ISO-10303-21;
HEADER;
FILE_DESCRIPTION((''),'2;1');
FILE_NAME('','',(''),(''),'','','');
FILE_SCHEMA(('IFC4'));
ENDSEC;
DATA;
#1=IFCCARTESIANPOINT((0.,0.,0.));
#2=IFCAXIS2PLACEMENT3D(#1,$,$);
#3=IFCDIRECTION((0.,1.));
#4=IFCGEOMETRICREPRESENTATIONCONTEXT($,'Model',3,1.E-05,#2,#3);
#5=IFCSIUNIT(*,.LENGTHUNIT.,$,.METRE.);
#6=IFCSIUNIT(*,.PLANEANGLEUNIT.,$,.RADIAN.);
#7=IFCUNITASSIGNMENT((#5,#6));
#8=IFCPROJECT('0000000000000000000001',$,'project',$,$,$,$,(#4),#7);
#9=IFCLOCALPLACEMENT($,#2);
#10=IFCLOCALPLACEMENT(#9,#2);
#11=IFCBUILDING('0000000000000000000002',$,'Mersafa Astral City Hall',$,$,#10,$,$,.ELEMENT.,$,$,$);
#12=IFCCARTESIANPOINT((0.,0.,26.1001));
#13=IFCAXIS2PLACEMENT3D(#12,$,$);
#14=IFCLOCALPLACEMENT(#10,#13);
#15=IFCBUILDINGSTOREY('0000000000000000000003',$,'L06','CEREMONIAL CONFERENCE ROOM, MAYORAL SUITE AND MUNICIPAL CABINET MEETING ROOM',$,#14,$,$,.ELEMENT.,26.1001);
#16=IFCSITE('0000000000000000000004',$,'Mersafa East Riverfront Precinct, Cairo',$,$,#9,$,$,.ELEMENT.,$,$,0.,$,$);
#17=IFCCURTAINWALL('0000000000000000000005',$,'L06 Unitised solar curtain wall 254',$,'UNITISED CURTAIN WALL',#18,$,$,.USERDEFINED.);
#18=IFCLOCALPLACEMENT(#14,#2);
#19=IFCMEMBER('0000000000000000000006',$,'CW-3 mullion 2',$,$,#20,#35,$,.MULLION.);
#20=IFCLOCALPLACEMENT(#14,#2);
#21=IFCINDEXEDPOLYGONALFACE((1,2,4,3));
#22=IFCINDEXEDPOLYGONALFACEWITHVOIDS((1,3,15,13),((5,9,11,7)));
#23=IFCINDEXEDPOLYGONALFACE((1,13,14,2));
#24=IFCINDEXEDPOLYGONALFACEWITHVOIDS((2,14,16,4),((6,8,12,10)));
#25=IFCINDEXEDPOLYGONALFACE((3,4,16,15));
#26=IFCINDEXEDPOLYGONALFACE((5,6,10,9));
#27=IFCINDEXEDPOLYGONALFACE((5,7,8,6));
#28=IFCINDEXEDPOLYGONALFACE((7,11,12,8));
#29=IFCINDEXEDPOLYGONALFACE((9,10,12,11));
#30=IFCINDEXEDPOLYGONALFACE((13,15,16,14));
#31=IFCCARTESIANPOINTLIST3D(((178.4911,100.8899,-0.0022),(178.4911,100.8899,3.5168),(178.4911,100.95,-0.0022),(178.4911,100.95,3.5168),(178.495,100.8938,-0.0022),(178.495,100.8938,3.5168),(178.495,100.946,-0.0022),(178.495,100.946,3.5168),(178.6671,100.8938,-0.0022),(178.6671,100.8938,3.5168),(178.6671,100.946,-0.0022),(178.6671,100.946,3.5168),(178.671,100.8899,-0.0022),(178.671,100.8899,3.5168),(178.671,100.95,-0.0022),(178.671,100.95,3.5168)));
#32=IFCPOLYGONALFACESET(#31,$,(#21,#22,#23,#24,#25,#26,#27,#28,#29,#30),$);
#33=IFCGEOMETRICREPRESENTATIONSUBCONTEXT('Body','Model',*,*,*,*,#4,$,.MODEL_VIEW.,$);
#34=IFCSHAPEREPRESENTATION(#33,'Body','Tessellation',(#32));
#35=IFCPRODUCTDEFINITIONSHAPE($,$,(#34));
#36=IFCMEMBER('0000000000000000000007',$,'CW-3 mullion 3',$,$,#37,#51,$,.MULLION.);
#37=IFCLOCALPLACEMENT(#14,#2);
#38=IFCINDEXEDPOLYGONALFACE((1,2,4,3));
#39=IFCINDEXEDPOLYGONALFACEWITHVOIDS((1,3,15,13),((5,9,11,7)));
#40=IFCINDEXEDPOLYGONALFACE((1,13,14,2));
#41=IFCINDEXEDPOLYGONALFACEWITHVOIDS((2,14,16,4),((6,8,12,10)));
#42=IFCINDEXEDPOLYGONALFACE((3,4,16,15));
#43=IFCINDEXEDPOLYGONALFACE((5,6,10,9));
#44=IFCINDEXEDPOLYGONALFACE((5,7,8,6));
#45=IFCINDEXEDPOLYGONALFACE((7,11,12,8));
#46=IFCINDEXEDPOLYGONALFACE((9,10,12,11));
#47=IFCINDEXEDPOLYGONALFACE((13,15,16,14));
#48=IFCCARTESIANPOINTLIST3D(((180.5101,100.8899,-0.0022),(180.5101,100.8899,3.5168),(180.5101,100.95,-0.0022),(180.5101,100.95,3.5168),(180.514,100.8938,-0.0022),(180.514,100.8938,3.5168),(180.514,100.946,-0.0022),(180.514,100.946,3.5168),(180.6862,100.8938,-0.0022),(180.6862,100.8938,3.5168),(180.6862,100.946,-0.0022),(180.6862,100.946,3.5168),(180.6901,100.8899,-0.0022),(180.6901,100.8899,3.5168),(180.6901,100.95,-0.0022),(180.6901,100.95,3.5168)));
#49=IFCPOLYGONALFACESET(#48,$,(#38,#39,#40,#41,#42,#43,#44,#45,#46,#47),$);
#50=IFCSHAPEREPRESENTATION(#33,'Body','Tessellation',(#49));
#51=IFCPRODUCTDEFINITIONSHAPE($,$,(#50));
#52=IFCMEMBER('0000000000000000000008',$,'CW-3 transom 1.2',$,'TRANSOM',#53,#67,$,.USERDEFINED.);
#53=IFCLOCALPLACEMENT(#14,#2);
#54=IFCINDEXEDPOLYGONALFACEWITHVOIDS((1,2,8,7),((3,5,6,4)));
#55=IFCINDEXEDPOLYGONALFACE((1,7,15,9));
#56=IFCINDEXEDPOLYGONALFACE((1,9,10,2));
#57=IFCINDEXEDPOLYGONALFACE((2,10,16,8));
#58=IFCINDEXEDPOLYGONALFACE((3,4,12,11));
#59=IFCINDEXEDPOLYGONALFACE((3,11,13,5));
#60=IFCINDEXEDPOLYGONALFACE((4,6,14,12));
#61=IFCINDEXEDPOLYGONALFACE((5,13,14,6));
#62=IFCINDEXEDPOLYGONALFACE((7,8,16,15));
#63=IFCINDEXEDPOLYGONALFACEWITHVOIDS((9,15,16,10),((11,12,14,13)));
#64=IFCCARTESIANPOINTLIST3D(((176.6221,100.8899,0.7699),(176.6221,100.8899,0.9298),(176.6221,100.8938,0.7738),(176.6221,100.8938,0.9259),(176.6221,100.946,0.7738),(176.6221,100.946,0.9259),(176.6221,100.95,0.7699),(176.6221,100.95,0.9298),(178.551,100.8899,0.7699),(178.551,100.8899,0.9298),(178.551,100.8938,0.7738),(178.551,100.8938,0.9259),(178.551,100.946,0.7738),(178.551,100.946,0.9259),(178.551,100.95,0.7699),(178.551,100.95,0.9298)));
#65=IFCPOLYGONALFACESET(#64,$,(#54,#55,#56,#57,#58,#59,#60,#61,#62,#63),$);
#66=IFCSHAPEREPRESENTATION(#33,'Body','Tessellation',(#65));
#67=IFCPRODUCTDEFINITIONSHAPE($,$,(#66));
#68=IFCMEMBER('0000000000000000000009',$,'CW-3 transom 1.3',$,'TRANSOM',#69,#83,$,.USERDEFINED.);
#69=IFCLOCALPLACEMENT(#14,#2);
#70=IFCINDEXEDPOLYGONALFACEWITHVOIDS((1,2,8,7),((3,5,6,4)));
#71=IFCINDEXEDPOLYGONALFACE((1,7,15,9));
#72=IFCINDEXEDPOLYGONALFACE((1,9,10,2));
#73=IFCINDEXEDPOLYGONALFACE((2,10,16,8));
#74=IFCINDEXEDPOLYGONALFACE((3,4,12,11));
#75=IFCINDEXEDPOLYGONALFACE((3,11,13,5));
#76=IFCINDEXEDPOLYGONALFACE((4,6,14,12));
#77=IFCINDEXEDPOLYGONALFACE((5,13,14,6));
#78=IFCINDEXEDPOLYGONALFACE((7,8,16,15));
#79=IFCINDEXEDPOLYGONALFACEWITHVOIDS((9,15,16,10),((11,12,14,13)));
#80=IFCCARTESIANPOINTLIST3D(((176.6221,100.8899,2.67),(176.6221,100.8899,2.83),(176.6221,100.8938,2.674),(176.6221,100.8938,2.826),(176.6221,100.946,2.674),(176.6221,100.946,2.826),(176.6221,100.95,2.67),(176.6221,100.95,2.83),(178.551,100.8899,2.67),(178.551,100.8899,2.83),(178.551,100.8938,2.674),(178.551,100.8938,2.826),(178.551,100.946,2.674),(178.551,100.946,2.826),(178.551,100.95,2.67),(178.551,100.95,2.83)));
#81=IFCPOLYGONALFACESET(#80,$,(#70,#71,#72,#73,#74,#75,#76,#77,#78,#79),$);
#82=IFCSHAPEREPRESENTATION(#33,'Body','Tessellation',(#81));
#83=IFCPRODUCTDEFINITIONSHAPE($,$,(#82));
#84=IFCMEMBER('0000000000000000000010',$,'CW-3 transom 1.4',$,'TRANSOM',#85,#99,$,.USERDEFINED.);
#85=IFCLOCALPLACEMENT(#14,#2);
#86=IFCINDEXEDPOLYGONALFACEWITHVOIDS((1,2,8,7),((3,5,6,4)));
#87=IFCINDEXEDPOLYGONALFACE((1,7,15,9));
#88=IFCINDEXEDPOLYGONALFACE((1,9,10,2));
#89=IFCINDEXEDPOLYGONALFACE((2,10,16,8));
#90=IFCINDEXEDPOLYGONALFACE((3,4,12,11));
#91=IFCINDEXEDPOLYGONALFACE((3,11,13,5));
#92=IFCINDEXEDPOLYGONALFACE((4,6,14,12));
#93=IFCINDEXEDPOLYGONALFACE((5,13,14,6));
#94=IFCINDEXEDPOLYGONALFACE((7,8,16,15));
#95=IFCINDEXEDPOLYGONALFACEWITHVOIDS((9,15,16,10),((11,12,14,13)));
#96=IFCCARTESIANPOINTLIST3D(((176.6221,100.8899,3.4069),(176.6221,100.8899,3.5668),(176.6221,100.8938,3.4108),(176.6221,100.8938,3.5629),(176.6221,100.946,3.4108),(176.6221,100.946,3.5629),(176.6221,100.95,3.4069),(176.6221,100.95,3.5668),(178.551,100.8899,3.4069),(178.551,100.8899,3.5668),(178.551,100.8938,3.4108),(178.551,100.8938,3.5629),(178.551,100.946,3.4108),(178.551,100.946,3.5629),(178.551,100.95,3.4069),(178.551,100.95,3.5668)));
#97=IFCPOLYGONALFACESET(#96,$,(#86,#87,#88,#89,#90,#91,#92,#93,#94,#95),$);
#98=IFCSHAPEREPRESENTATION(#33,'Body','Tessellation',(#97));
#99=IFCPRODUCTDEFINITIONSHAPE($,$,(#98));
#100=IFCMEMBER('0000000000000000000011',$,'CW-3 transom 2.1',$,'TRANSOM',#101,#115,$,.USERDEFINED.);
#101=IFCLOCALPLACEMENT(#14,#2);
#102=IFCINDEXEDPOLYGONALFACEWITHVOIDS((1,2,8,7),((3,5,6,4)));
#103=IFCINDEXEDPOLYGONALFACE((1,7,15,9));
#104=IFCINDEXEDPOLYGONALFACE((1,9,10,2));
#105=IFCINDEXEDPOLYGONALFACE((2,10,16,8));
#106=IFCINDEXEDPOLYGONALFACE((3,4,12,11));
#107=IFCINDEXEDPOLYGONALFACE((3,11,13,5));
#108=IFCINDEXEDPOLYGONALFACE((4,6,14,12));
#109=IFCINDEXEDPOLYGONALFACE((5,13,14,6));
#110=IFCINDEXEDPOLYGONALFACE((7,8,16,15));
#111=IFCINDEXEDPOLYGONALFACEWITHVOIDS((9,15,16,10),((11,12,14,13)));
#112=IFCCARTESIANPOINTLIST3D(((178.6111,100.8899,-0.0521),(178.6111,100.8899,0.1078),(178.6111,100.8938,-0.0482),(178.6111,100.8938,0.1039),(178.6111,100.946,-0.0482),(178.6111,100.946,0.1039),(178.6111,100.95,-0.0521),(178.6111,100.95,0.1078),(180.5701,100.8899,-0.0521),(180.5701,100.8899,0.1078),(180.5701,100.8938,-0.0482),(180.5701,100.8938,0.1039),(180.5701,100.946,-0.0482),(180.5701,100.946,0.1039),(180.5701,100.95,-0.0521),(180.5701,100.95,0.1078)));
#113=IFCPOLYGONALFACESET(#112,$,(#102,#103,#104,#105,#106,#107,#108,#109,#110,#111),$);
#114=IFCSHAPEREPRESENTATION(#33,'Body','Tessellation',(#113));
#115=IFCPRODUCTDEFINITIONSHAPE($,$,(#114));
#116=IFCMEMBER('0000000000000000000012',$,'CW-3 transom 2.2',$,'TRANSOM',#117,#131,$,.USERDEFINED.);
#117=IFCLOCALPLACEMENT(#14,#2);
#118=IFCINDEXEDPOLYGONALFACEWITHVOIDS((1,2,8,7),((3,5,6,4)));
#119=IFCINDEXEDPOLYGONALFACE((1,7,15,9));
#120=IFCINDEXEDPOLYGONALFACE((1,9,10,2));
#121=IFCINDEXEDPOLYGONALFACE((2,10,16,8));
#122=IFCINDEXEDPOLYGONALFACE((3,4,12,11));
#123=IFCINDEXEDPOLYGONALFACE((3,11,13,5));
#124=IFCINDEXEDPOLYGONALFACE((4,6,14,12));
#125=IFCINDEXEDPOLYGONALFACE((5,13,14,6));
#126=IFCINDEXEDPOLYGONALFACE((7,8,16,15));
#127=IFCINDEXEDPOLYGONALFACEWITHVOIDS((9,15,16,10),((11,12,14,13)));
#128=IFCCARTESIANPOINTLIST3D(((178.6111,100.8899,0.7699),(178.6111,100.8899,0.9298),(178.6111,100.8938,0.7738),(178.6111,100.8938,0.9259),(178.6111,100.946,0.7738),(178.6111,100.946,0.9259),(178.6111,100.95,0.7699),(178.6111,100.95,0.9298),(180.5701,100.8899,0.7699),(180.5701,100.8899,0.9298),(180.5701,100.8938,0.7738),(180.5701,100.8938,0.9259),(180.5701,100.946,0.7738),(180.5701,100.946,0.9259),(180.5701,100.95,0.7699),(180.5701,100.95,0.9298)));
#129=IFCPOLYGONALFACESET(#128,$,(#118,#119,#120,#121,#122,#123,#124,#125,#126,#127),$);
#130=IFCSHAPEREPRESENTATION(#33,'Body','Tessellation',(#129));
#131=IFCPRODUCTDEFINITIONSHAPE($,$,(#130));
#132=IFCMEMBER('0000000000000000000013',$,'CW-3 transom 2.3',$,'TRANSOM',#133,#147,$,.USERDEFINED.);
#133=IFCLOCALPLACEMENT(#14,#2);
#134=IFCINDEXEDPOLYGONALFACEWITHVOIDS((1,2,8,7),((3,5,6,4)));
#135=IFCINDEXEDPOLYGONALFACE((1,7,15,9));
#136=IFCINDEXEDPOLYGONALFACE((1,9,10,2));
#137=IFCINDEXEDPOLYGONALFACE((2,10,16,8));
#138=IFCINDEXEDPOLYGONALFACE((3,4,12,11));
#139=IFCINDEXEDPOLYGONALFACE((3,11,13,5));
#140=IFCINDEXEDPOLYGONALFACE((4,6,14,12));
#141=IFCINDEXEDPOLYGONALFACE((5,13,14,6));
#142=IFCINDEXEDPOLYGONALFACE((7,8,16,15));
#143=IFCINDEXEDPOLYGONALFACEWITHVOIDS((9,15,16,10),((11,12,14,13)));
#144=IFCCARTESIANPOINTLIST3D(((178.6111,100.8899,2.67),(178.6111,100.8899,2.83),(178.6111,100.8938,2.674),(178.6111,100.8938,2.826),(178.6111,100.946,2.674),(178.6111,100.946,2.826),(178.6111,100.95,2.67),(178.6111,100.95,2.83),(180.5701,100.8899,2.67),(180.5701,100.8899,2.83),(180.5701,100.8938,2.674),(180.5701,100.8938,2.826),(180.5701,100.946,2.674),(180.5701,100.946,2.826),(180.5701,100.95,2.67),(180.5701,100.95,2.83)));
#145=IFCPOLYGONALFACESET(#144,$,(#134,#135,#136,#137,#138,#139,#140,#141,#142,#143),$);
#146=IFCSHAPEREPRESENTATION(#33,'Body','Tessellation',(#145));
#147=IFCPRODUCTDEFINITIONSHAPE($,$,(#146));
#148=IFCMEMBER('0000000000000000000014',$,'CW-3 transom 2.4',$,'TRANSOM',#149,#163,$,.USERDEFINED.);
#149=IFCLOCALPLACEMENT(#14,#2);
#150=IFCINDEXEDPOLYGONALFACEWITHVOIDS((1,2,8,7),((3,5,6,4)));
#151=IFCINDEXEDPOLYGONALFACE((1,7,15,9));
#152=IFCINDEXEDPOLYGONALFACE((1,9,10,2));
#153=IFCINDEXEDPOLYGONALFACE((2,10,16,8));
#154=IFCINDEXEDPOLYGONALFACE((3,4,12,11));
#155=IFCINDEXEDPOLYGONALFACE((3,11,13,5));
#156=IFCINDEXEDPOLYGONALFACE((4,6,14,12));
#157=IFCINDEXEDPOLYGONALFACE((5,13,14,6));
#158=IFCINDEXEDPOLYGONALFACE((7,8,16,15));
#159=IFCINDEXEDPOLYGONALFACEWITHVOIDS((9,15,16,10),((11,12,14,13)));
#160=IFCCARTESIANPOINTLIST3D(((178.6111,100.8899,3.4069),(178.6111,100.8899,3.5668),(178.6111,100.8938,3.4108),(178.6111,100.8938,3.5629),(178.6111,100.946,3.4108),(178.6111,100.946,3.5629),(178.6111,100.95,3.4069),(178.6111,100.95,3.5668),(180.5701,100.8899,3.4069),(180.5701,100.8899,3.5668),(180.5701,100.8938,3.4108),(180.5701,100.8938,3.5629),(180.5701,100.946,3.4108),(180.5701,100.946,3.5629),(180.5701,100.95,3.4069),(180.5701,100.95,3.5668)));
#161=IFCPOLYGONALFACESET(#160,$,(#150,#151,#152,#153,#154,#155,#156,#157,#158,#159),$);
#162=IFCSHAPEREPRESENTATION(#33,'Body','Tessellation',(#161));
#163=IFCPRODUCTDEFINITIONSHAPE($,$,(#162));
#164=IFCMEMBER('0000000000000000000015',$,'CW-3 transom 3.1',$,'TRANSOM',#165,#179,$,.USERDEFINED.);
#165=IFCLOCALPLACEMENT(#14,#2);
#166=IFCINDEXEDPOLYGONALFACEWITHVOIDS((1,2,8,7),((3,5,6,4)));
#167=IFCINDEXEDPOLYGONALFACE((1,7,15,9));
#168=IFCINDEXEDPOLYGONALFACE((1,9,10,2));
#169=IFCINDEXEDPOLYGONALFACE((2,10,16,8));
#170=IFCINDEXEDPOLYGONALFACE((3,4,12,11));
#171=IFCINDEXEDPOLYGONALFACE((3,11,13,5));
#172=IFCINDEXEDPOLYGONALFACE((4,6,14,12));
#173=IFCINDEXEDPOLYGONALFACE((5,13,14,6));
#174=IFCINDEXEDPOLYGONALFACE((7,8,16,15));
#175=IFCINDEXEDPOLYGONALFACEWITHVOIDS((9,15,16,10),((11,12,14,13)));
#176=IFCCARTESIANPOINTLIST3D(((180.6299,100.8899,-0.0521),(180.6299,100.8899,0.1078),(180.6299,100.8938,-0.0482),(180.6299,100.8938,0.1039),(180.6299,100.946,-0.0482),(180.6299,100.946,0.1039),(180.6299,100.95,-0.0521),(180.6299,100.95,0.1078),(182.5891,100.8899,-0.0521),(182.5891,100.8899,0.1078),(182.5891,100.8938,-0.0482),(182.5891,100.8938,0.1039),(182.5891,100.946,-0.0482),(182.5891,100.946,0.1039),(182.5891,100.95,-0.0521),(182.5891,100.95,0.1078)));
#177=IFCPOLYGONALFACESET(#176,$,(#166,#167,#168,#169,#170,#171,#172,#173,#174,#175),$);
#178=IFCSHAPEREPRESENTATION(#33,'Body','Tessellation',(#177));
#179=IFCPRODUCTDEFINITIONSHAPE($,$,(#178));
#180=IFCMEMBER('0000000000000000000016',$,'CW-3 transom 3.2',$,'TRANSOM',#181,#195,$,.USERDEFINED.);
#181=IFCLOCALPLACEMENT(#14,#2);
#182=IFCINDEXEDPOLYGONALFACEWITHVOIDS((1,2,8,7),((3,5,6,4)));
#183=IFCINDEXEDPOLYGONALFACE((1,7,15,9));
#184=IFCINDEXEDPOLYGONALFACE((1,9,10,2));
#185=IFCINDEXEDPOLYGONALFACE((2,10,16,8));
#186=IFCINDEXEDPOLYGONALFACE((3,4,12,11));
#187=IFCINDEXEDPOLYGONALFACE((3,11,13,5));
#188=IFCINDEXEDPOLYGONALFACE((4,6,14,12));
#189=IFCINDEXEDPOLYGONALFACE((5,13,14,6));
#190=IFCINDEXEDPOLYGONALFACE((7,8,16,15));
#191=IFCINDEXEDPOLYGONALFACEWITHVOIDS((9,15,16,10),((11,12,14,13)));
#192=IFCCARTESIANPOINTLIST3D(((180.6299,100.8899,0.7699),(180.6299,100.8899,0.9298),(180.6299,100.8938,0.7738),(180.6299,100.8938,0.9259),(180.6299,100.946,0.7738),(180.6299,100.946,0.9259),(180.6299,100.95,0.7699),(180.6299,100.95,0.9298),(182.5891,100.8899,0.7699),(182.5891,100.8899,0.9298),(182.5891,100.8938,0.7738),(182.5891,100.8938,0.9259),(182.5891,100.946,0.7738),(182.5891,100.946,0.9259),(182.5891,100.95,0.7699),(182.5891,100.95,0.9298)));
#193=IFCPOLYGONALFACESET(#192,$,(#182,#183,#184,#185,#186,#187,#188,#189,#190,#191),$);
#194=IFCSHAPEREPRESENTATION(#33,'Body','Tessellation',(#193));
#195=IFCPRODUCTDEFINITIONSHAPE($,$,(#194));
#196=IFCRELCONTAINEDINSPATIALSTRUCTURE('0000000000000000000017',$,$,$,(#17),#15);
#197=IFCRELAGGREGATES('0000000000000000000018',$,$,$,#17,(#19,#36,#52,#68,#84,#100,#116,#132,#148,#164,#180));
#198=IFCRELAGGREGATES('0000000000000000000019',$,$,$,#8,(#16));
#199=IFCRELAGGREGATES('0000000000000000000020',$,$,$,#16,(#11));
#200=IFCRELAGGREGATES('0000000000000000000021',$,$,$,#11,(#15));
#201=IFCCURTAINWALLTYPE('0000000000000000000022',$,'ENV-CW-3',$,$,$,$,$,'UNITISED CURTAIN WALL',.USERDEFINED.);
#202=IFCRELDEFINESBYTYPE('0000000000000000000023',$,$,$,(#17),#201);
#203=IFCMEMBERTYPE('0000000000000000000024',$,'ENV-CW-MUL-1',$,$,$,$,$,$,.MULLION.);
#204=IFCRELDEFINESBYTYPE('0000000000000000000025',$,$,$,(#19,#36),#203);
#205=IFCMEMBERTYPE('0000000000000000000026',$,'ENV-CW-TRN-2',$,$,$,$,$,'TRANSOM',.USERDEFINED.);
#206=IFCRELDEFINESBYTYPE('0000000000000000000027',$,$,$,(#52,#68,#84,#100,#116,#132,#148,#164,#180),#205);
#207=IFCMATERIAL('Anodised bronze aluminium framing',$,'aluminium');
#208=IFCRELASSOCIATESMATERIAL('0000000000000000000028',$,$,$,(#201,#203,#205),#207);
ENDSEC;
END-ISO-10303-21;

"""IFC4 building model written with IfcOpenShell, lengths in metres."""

from ifc_helpers import new_model, si_unit, direction, frame, origin, origin_2d, place, context, subcontext, project, spatial, hollow_rectangle, extrude, material, material_profile, profile_set, type_object, element, aggregate, save


model = new_model("IFC4")

# Units and contexts
model_context = context("Model", 3, precision=1e-05, world=origin(), true_north=direction((0.0, 1.0)))
body_context = subcontext(model_context, "Body", "Model", "MODEL_VIEW")
ifc_project = project(units=[si_unit("LENGTHUNIT", "METRE"), si_unit("PLANEANGLEUNIT", "RADIAN")], contexts=[model_context])

# Site, building, storey
site_placement = place(None, origin())
site = spatial("IfcSite", under=ifc_project, at=site_placement, Name="Mersafa East Riverfront Precinct, Cairo", CompositionType="ELEMENT", RefElevation=0.0)
building_placement = place(site_placement, origin())
building = spatial("IfcBuilding", under=site, at=building_placement, Name="Mersafa Astral City Hall", CompositionType="ELEMENT")
storey_placement = place(building_placement, frame((0.0, 0.0, 26.1001)))
storey = spatial("IfcBuildingStorey", under=building, at=storey_placement, Name="L06", Description="CEREMONIAL CONFERENCE ROOM, MAYORAL SUITE AND MUNICIPAL CABINET MEETING ROOM", CompositionType="ELEMENT", Elevation=26.1001)

# Curtain wall, members
ifc_material_1 = material(Name="Anodised bronze aluminium framing", Category="aluminium")
curtain_wall_type = type_object("IfcCurtainWallType", Name="ENV-CW-3", ElementType="UNITISED CURTAIN WALL", PredefinedType="USERDEFINED", material=ifc_material_1)
curtain_wall_placement = place(storey_placement, origin())
curtain_wall = element("IfcCurtainWall", 1, at=curtain_wall_placement, inside=storey, type_object=curtain_wall_type, Name="L06 Unitised solar curtain wall 254", ObjectType="UNITISED CURTAIN WALL", PredefinedType="USERDEFINED")
ifc_material_profile_1 = material_profile(ifc_material_1, hollow_rectangle(XDim=0.0601, YDim=0.1799, WallThickness=0.0039, at=origin_2d()), Name="RHS 60x180x4")
ifc_profile_set_1 = profile_set([ifc_material_profile_1], Name="Anodised bronze aluminium framing")
member_type_1 = type_object("IfcMemberType", Name="ENV-CW-MUL-1", PredefinedType="MULLION", material=ifc_profile_set_1)
member_1_placement = place(storey_placement, frame((178.5811, 100.9199, -0.0022), z_axis=(0.0, 0.0, 1.0), x_axis=(0.0, 1.0, 0.0)))
member_1 = element("IfcMember", 2, at=member_1_placement, type_object=member_type_1, Name="CW-3 mullion 2", PredefinedType="MULLION", context=body_context, shape_type="SweptSolid", body=[
    extrude(hollow_rectangle(XDim=0.0601, YDim=0.1799, WallThickness=0.0039, at=origin_2d()), origin(), (0.0, 0.0, 1.0), 3.519),
])
member_2_placement = place(storey_placement, frame((180.6001, 100.9199, -0.0022), z_axis=(0.0, 0.0, 1.0), x_axis=(0.0, 1.0, 0.0)))
member_2 = element("IfcMember", 3, at=member_2_placement, type_object=member_type_1, Name="CW-3 mullion 3", PredefinedType="MULLION", context=body_context, shape_type="SweptSolid", body=[
    extrude(hollow_rectangle(XDim=0.0601, YDim=0.1799, WallThickness=0.0039, at=origin_2d()), origin(), (0.0, 0.0, 1.0), 3.519),
])
ifc_material_profile_2 = material_profile(ifc_material_1, hollow_rectangle(XDim=0.0601, YDim=0.1599, WallThickness=0.0039, at=origin_2d()), Name="RHS 60x160x4")
ifc_profile_set_2 = profile_set([ifc_material_profile_2], Name="Anodised bronze aluminium framing")
member_type_2 = type_object("IfcMemberType", Name="ENV-CW-TRN-2", ElementType="TRANSOM", PredefinedType="USERDEFINED", material=ifc_profile_set_2)
member_3_placement = place(storey_placement, frame((176.6221, 100.9199, 0.8499), z_axis=(1.0, 0.0, 0.0), x_axis=(0.0, 1.0, 0.0)))
member_3 = element("IfcMember", 4, at=member_3_placement, type_object=member_type_2, Name="CW-3 transom 1.2", ObjectType="TRANSOM", PredefinedType="USERDEFINED", context=body_context, shape_type="SweptSolid", body=[
    extrude(hollow_rectangle(XDim=0.0601, YDim=0.1599, WallThickness=0.0039, at=origin_2d()), origin(), (0.0, 0.0, 1.0), 1.929),
])
member_4_placement = place(storey_placement, frame((176.6221, 100.9199, 2.75), z_axis=(1.0, 0.0, 0.0), x_axis=(0.0, 1.0, 0.0)))
member_4 = element("IfcMember", 5, at=member_4_placement, type_object=member_type_2, Name="CW-3 transom 1.3", ObjectType="TRANSOM", PredefinedType="USERDEFINED", context=body_context, shape_type="SweptSolid", body=[
    extrude(hollow_rectangle(XDim=0.0601, YDim=0.1599, WallThickness=0.0039, at=origin_2d()), origin(), (0.0, 0.0, 1.0), 1.929),
])
member_5_placement = place(storey_placement, frame((176.6221, 100.9199, 3.4868), z_axis=(1.0, 0.0, 0.0), x_axis=(0.0, 1.0, 0.0)))
member_5 = element("IfcMember", 6, at=member_5_placement, type_object=member_type_2, Name="CW-3 transom 1.4", ObjectType="TRANSOM", PredefinedType="USERDEFINED", context=body_context, shape_type="SweptSolid", body=[
    extrude(hollow_rectangle(XDim=0.0601, YDim=0.1599, WallThickness=0.0039, at=origin_2d()), origin(), (0.0, 0.0, 1.0), 1.929),
])
member_6_placement = place(storey_placement, frame((178.6111, 100.9199, 0.0278), z_axis=(1.0, 0.0, 0.0), x_axis=(0.0, 1.0, 0.0)))
member_6 = element("IfcMember", 7, at=member_6_placement, type_object=member_type_2, Name="CW-3 transom 2.1", ObjectType="TRANSOM", PredefinedType="USERDEFINED", context=body_context, shape_type="SweptSolid", body=[
    extrude(hollow_rectangle(XDim=0.0601, YDim=0.1599, WallThickness=0.0039, at=origin_2d()), origin(), (0.0, 0.0, 1.0), 1.959),
])
member_7_placement = place(storey_placement, frame((178.6111, 100.9199, 0.8499), z_axis=(1.0, 0.0, 0.0), x_axis=(0.0, 1.0, 0.0)))
member_7 = element("IfcMember", 8, at=member_7_placement, type_object=member_type_2, Name="CW-3 transom 2.2", ObjectType="TRANSOM", PredefinedType="USERDEFINED", context=body_context, shape_type="SweptSolid", body=[
    extrude(hollow_rectangle(XDim=0.0601, YDim=0.1599, WallThickness=0.0039, at=origin_2d()), origin(), (0.0, 0.0, 1.0), 1.959),
])
member_8_placement = place(storey_placement, frame((178.6111, 100.9199, 2.75), z_axis=(1.0, 0.0, 0.0), x_axis=(0.0, 1.0, 0.0)))
member_8 = element("IfcMember", 9, at=member_8_placement, type_object=member_type_2, Name="CW-3 transom 2.3", ObjectType="TRANSOM", PredefinedType="USERDEFINED", context=body_context, shape_type="SweptSolid", body=[
    extrude(hollow_rectangle(XDim=0.0601, YDim=0.1599, WallThickness=0.0039, at=origin_2d()), origin(), (0.0, 0.0, 1.0), 1.959),
])
member_9_placement = place(storey_placement, frame((178.6111, 100.9199, 3.4868), z_axis=(1.0, 0.0, 0.0), x_axis=(0.0, 1.0, 0.0)))
member_9 = element("IfcMember", 10, at=member_9_placement, type_object=member_type_2, Name="CW-3 transom 2.4", ObjectType="TRANSOM", PredefinedType="USERDEFINED", context=body_context, shape_type="SweptSolid", body=[
    extrude(hollow_rectangle(XDim=0.0601, YDim=0.1599, WallThickness=0.0039, at=origin_2d()), origin(), (0.0, 0.0, 1.0), 1.959),
])
member_10_placement = place(storey_placement, frame((180.6299, 100.9199, 0.0278), z_axis=(1.0, 0.0, 0.0), x_axis=(0.0, 1.0, 0.0)))
member_10 = element("IfcMember", 11, at=member_10_placement, type_object=member_type_2, Name="CW-3 transom 3.1", ObjectType="TRANSOM", PredefinedType="USERDEFINED", context=body_context, shape_type="SweptSolid", body=[
    extrude(hollow_rectangle(XDim=0.0601, YDim=0.1599, WallThickness=0.0039, at=origin_2d()), origin(), (0.0, 0.0, 1.0), 1.9592),
])
member_11_placement = place(storey_placement, frame((180.6299, 100.9199, 0.8499), z_axis=(1.0, 0.0, 0.0), x_axis=(0.0, 1.0, 0.0)))
member_11 = element("IfcMember", 12, at=member_11_placement, type_object=member_type_2, Name="CW-3 transom 3.2", ObjectType="TRANSOM", PredefinedType="USERDEFINED", context=body_context, shape_type="SweptSolid", body=[
    extrude(hollow_rectangle(XDim=0.0601, YDim=0.1599, WallThickness=0.0039, at=origin_2d()), origin(), (0.0, 0.0, 1.0), 1.9592),
])
aggregate(curtain_wall, [member_1, member_2, member_3, member_4, member_5, member_6, member_7, member_8, member_9, member_10, member_11])

save(model, "model.ifc")
